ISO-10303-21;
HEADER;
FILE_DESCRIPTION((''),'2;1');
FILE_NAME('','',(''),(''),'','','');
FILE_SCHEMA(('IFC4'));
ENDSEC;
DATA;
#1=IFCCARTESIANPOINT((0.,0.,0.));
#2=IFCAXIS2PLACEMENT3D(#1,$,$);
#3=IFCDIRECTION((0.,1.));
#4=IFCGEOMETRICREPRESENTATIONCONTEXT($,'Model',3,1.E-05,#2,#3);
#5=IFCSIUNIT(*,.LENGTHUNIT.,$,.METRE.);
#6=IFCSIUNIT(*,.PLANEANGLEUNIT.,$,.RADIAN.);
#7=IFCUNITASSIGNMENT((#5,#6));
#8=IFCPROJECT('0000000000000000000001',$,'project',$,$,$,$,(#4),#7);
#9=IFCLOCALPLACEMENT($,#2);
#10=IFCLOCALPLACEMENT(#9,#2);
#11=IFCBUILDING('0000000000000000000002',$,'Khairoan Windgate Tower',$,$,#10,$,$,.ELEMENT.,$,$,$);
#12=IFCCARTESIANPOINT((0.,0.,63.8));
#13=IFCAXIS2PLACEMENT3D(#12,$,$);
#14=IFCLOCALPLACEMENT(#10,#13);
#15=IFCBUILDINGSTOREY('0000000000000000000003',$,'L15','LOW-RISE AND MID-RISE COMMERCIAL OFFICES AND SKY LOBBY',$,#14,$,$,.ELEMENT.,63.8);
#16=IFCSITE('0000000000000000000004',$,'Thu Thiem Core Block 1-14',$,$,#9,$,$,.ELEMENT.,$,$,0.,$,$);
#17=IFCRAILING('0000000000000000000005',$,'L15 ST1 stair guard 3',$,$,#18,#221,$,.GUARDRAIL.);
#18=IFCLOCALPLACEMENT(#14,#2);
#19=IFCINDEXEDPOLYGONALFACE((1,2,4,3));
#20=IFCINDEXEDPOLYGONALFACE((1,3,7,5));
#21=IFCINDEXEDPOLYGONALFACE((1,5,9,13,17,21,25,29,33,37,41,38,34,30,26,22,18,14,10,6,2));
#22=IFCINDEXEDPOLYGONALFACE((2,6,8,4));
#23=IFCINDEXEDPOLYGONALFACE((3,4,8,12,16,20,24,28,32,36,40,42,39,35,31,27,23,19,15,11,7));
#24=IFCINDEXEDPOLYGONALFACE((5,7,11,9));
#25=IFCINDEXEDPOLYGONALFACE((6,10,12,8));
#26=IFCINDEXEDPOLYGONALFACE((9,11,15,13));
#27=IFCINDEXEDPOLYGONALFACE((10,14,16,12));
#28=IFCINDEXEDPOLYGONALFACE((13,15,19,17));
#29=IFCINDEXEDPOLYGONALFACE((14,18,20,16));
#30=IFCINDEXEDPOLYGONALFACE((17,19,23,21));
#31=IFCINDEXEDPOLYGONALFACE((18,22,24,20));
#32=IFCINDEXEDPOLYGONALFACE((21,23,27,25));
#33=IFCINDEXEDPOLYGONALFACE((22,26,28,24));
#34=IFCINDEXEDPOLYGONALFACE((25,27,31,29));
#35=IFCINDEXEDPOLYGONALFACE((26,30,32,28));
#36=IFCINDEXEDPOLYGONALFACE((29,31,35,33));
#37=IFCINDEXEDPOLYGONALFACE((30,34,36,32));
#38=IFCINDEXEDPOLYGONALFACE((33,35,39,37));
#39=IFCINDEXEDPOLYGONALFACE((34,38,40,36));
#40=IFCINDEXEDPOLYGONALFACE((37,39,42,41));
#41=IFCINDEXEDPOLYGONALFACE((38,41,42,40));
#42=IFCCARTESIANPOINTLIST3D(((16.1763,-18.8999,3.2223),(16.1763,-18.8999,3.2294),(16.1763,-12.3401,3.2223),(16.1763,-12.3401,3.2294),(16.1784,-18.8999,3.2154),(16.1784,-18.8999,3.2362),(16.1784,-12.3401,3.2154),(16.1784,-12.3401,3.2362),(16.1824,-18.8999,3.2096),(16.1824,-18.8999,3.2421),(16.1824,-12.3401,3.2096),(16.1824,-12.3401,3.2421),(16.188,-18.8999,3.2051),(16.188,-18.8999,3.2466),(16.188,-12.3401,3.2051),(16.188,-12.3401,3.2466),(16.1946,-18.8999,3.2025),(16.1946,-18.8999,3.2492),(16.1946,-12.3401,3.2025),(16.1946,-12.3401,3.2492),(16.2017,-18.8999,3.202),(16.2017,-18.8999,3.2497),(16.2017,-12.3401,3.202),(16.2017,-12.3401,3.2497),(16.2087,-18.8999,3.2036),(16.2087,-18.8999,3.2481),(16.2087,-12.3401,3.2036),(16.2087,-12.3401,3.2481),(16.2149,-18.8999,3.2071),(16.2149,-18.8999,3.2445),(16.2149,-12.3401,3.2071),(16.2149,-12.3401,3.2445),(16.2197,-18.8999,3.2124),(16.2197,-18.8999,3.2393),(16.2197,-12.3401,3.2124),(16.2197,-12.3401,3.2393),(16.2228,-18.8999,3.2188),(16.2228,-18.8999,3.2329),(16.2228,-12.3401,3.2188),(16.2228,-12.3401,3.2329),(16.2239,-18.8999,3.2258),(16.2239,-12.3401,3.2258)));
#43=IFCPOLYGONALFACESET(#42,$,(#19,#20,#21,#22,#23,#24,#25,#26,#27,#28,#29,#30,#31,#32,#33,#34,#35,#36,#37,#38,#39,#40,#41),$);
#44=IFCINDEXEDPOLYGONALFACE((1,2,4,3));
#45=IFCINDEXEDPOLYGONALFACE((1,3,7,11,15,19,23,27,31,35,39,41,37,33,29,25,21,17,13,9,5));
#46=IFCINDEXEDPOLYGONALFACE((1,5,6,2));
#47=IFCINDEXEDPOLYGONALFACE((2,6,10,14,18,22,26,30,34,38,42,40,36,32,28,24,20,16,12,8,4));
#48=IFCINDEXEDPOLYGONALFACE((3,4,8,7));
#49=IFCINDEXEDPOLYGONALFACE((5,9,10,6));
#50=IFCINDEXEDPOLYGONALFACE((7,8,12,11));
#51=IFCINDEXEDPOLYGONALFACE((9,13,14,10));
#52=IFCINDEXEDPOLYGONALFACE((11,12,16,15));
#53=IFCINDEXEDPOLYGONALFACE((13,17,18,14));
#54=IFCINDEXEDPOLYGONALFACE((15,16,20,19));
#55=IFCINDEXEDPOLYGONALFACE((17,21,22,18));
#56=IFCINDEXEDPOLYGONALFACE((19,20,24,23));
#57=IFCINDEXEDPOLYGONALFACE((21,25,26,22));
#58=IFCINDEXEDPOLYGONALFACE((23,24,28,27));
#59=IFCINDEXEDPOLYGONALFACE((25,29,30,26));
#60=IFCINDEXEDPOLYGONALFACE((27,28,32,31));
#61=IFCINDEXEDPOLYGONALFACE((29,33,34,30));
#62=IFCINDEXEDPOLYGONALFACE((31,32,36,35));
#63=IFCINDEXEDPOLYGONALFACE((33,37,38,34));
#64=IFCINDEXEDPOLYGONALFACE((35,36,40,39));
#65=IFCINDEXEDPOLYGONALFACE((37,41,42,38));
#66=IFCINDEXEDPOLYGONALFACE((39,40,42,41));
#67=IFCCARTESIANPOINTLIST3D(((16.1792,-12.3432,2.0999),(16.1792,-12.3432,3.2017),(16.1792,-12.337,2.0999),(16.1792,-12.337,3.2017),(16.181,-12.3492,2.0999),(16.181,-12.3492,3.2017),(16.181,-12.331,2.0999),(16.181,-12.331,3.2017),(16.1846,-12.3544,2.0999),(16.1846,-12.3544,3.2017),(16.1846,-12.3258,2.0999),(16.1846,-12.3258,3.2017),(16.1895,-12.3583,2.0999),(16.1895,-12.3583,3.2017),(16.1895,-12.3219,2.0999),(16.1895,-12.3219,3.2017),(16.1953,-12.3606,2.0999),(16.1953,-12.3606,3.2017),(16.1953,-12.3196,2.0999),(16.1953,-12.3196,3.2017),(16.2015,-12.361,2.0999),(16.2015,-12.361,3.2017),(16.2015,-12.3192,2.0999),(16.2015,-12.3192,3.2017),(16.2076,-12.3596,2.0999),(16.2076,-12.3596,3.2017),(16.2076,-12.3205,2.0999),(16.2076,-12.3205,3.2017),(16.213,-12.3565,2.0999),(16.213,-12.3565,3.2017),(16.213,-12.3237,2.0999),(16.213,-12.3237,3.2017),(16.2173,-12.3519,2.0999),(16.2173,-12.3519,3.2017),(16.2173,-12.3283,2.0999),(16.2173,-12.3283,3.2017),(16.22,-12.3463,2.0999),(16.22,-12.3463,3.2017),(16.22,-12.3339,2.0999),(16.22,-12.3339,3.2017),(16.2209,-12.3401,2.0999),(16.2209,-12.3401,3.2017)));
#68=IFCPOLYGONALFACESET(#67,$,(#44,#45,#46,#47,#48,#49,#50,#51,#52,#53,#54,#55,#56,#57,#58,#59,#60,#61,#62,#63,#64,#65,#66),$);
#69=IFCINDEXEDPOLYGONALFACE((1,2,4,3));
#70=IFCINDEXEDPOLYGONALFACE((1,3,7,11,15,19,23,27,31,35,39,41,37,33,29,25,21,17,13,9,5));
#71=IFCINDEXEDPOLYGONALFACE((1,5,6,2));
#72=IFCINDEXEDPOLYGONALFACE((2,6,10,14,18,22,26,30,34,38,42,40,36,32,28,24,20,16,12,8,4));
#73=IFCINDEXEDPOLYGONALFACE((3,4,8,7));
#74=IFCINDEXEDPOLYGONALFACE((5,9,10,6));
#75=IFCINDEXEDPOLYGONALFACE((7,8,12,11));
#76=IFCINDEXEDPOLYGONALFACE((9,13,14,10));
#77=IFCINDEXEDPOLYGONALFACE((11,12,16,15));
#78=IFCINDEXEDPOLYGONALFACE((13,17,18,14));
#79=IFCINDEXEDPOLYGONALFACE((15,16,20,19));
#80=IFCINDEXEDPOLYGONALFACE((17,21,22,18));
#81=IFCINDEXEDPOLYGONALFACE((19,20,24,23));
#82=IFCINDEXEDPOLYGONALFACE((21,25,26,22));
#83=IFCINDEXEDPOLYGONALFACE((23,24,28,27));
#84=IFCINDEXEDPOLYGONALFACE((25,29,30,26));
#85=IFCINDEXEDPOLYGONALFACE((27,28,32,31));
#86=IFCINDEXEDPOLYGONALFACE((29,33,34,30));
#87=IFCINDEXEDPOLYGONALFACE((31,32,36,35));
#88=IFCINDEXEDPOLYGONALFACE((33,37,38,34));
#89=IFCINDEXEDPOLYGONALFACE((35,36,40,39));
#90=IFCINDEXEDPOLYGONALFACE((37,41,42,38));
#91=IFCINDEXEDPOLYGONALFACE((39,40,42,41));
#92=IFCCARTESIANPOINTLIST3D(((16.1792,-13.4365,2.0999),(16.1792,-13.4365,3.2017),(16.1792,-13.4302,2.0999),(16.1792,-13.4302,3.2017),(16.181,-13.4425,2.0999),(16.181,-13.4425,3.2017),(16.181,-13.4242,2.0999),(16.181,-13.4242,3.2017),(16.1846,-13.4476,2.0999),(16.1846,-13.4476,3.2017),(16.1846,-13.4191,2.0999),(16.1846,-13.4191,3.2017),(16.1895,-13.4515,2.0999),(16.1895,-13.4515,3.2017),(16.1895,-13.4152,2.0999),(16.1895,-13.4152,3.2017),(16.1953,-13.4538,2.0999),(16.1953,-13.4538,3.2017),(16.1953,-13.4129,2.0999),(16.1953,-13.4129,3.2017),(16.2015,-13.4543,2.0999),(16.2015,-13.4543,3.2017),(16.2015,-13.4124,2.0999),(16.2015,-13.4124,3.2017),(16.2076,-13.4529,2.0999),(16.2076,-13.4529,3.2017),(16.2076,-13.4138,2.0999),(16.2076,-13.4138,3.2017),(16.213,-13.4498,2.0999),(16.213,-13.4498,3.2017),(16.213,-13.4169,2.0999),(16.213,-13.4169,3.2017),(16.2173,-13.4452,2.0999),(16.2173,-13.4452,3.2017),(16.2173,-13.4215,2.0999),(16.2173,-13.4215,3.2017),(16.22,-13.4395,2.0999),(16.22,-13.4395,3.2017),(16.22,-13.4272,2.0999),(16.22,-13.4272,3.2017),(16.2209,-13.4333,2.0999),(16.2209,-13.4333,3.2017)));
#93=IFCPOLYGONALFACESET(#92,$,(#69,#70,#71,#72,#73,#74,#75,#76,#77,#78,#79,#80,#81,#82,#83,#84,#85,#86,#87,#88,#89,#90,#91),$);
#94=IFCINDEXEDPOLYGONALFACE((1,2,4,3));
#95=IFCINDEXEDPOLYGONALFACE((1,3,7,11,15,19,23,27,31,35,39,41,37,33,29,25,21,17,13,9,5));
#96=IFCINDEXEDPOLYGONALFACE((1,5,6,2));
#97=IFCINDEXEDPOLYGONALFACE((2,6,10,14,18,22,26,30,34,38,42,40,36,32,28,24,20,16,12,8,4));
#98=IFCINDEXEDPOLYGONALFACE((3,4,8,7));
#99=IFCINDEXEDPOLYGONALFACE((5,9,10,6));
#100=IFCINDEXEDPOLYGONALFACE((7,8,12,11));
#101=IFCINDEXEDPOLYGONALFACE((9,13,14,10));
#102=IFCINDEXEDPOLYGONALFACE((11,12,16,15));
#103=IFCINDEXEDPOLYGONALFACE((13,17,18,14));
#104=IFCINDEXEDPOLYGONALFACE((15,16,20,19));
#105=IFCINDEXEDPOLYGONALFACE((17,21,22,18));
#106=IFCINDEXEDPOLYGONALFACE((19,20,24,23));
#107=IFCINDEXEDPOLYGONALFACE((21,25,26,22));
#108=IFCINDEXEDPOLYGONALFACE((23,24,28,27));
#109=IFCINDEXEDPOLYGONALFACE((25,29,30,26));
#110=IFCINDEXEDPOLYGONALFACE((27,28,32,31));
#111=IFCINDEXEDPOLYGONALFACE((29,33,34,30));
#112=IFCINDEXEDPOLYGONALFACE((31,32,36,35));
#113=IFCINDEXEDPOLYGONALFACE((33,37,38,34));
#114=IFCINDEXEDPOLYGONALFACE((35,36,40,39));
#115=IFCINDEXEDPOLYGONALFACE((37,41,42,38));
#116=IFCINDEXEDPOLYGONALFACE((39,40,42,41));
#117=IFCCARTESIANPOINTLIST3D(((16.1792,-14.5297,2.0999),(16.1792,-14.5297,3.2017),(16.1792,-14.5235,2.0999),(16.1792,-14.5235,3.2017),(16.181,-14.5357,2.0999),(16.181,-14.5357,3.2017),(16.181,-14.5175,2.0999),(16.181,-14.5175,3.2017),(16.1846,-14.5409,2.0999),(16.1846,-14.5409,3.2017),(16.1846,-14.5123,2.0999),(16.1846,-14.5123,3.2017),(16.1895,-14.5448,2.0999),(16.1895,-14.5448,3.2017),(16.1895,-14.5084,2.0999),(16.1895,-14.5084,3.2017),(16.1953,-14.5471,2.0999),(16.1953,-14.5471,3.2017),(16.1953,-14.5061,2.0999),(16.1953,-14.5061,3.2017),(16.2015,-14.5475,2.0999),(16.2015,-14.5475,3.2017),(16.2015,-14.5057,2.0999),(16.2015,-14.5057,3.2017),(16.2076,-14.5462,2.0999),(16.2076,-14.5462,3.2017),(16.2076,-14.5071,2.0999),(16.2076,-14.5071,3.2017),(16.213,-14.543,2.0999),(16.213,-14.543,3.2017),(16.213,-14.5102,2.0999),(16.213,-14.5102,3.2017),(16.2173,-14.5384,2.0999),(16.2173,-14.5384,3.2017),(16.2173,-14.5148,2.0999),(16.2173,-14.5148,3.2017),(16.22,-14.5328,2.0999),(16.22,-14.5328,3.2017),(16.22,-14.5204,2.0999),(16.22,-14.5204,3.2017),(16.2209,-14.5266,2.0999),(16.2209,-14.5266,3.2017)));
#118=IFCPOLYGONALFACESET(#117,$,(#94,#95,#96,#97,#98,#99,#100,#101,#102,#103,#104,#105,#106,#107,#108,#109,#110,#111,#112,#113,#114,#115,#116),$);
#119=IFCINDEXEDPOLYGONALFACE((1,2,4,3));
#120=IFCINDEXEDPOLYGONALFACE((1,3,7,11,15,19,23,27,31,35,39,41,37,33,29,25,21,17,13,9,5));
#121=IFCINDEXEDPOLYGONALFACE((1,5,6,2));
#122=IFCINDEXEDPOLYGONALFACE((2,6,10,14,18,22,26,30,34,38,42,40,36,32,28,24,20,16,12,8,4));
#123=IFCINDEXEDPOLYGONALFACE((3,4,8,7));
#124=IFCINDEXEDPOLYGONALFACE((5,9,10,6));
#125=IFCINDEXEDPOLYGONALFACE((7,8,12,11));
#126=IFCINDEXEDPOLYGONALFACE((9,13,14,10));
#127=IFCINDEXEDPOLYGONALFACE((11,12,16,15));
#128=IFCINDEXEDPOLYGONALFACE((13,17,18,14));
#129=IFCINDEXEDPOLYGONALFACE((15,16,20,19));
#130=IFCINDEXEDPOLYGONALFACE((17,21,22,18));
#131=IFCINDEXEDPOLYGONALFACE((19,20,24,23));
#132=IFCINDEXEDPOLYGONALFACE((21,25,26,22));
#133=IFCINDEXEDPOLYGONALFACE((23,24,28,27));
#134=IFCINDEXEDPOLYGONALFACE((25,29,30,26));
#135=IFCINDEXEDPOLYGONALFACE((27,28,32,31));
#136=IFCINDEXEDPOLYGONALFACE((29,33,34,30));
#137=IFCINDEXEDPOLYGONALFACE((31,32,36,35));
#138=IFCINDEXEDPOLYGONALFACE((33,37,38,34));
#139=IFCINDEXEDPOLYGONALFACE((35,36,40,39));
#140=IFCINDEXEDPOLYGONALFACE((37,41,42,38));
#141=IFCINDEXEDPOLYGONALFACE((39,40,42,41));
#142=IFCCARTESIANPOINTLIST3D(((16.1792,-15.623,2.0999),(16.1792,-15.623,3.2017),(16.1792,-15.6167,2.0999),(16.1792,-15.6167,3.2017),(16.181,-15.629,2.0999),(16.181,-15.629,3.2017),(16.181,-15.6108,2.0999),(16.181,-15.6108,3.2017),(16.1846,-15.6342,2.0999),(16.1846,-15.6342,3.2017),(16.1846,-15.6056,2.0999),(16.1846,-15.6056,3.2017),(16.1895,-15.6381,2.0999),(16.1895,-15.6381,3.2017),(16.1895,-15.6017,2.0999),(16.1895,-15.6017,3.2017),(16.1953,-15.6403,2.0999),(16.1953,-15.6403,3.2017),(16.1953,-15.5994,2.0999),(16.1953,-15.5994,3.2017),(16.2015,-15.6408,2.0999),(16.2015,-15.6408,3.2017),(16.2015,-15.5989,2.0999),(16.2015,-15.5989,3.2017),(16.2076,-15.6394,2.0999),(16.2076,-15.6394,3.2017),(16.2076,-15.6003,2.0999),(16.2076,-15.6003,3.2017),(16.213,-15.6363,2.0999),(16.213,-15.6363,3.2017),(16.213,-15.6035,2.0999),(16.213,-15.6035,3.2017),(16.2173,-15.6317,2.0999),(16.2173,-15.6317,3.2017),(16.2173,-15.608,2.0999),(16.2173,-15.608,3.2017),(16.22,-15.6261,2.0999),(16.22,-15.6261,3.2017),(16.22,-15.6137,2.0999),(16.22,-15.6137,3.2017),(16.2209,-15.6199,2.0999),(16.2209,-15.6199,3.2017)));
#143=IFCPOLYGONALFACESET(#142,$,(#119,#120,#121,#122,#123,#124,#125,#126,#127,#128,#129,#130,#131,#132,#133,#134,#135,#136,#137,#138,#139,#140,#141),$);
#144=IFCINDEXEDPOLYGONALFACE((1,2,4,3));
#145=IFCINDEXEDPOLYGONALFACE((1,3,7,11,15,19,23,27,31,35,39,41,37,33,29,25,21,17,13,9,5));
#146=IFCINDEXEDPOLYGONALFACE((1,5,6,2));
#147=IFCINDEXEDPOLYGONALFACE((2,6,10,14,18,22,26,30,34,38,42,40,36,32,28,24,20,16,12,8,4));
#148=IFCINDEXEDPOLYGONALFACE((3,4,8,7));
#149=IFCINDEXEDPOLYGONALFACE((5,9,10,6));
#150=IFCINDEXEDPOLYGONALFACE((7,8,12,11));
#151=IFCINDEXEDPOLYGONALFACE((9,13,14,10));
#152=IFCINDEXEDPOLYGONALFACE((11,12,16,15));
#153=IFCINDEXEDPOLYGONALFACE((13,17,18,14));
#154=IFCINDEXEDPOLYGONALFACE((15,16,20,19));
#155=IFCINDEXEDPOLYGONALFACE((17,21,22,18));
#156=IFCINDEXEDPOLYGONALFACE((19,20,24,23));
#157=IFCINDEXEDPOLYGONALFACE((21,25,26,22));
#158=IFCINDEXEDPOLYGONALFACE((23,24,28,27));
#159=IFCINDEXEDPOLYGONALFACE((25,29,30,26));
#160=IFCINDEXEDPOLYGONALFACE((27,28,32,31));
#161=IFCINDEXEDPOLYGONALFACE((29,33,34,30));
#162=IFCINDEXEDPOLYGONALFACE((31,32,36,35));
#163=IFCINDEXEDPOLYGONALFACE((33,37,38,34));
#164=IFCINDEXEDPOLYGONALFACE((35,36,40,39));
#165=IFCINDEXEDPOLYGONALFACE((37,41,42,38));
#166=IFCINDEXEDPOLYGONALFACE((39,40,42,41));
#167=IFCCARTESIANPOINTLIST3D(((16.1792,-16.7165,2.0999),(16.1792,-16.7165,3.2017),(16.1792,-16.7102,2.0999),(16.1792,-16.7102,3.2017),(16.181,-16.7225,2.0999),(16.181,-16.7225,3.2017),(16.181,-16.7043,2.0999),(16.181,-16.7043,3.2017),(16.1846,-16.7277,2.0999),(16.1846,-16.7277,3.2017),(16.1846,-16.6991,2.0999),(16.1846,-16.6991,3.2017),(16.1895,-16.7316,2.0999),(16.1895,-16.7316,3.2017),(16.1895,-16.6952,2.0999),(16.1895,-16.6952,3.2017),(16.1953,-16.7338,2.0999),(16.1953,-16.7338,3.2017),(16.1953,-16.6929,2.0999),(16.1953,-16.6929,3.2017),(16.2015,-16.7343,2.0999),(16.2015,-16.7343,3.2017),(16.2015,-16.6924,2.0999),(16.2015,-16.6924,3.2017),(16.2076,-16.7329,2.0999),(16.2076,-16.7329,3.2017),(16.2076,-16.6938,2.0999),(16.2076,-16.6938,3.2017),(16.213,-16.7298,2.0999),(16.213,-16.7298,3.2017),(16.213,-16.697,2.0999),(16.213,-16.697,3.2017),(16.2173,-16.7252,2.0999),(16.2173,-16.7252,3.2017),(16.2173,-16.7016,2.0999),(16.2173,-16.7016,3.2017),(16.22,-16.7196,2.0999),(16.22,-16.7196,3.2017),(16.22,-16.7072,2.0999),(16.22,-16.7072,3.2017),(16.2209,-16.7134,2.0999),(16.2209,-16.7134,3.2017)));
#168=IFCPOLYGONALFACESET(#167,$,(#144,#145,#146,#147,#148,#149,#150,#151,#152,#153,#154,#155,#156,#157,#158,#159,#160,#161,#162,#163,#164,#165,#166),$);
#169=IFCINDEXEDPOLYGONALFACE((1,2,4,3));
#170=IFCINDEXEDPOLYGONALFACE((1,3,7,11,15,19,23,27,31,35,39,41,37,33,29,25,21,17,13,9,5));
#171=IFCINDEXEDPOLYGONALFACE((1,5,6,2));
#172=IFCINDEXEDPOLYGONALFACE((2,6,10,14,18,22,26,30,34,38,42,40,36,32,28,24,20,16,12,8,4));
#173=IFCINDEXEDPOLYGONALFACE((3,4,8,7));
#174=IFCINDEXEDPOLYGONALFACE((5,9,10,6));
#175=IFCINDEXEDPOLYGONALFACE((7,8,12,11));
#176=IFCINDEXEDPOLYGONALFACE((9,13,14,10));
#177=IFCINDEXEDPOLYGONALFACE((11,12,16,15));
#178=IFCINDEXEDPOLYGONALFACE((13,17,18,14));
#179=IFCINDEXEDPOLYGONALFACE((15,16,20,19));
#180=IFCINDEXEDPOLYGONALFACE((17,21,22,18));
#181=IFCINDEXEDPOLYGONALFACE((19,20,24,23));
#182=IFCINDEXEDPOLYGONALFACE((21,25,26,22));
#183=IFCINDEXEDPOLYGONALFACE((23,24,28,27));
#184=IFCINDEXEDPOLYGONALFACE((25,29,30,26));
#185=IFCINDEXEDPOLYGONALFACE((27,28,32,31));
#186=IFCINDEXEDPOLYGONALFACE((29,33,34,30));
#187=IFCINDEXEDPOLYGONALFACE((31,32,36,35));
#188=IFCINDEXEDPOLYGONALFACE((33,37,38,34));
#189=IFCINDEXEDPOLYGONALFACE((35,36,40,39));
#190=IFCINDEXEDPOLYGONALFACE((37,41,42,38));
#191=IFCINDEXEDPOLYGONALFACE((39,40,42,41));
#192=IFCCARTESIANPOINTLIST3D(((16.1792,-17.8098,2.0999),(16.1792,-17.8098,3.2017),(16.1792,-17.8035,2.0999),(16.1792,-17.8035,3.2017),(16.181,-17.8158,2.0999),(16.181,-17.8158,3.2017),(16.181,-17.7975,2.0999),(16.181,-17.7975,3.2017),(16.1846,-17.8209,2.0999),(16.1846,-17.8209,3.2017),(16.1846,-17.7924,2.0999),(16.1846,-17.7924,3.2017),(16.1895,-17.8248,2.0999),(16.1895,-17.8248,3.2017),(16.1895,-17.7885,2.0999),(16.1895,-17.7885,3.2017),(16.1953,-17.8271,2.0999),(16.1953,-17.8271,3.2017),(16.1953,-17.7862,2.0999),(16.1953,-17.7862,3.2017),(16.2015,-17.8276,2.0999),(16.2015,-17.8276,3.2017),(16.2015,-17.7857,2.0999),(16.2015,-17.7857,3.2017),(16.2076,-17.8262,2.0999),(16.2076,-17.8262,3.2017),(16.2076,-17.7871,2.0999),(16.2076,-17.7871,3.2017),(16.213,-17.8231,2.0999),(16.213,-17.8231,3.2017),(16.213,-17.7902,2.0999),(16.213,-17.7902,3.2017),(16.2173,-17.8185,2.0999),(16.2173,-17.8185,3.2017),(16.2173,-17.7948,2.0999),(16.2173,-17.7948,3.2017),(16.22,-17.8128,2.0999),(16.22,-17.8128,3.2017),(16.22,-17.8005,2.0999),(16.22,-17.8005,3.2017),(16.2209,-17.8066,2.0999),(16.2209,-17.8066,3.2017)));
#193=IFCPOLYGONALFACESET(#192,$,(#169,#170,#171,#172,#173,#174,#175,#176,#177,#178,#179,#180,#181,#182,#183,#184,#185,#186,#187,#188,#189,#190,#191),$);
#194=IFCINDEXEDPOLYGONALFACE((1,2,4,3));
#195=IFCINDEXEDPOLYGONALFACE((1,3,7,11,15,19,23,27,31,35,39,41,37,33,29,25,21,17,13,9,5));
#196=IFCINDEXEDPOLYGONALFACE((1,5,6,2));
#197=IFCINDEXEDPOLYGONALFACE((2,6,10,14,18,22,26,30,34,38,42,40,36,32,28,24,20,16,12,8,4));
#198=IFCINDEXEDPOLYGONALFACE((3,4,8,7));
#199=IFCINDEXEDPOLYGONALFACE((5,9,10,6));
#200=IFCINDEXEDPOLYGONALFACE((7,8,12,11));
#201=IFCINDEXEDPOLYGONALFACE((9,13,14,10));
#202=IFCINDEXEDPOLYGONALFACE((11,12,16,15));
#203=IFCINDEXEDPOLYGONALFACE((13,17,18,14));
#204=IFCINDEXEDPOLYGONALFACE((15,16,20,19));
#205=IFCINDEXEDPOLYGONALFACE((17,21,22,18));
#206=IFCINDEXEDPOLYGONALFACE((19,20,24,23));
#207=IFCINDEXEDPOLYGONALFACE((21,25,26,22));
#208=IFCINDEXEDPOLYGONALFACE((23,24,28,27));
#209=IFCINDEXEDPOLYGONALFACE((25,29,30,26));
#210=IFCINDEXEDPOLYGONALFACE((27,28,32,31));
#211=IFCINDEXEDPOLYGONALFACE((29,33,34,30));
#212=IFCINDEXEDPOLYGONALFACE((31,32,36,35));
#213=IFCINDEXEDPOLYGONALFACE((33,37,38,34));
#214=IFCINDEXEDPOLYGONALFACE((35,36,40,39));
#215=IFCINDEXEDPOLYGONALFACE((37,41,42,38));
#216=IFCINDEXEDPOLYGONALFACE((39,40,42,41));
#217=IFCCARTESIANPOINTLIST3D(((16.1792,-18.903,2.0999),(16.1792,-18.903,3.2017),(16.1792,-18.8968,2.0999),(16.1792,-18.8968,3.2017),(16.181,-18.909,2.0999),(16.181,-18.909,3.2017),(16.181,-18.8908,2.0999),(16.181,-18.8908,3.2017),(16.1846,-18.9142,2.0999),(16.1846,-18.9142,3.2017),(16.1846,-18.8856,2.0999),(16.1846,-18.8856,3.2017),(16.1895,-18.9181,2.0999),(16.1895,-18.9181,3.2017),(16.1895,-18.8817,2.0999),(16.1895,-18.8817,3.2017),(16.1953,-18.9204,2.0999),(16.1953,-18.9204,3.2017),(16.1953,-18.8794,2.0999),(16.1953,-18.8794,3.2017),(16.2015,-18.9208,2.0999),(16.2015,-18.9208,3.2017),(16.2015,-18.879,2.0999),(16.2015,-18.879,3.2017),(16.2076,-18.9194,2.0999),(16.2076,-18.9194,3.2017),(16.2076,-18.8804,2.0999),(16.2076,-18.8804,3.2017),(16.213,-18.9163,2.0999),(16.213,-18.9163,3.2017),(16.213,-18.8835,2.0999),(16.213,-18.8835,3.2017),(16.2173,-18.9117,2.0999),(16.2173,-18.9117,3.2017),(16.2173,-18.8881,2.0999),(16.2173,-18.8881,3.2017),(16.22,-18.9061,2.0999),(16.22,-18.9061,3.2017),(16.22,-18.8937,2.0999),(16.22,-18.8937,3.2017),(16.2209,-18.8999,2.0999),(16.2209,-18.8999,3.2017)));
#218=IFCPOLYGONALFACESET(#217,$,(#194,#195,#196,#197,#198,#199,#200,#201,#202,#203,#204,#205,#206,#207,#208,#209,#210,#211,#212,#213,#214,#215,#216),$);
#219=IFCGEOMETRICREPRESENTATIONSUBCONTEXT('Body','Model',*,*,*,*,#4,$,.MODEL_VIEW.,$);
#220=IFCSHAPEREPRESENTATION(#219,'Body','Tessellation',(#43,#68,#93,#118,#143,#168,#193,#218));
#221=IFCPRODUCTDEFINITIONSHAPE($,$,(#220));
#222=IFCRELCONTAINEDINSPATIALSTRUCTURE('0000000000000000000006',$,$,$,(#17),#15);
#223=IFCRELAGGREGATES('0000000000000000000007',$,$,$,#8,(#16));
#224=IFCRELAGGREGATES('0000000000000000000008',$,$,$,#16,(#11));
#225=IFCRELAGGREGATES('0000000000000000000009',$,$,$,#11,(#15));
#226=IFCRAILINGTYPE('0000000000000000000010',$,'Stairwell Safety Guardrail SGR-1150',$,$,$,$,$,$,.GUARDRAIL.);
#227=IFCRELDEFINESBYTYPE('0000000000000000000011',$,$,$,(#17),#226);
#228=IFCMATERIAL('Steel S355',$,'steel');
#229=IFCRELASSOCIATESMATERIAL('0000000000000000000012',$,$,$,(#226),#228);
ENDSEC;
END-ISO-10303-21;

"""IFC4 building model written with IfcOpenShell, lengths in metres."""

from ifc_helpers import new_model, si_unit, direction, frame, origin, origin_2d, place, context, subcontext, project, spatial, circle, extrude, material, type_object, element, save


model = new_model("IFC4")

# Units and contexts
model_context = context("Model", 3, precision=1e-05, world=origin(), true_north=direction((0.0, 1.0)))
body_context = subcontext(model_context, "Body", "Model", "MODEL_VIEW")
ifc_project = project(units=[si_unit("LENGTHUNIT", "METRE"), si_unit("PLANEANGLEUNIT", "RADIAN")], contexts=[model_context])

# Site, building, storey
site_placement = place(None, origin())
site = spatial("IfcSite", under=ifc_project, at=site_placement, Name="Thu Thiem Core Block 1-14", CompositionType="ELEMENT", RefElevation=0.0)
building_placement = place(site_placement, origin())
building = spatial("IfcBuilding", under=site, at=building_placement, Name="Khairoan Windgate Tower", CompositionType="ELEMENT")
storey_placement = place(building_placement, frame((0.0, 0.0, 63.8)))
storey = spatial("IfcBuildingStorey", under=building, at=storey_placement, Name="L15", Description="LOW-RISE AND MID-RISE COMMERCIAL OFFICES AND SKY LOBBY", CompositionType="ELEMENT", Elevation=63.8)

# Railing
ifc_material_1 = material(Name="Steel S355", Category="steel")
railing_type = type_object("IfcRailingType", Name="Stairwell Safety Guardrail SGR-1150", PredefinedType="GUARDRAIL", material=ifc_material_1)
railing_1_placement = place(storey_placement, frame((16.2, -12.3401, 2.0999)))
element("IfcRailing", 1, at=railing_1_placement, inside=storey, type_object=railing_type, Name="L15 ST1 stair guard 3", PredefinedType="GUARDRAIL", context=body_context, shape_type="SweptSolid", body=[
    extrude(circle(Radius=0.0239, at=origin_2d()), frame((0.0, 0.0, 1.126), z_axis=(0.0, -1.0, 0.0), x_axis=(1.0, 0.0, 0.0)), (0.0, 0.0, 1.0), 6.5598),
    extrude(circle(Radius=0.021, at=origin_2d()), origin(), (0.0, 0.0, 1.0), 1.1018),
    extrude(circle(Radius=0.021, at=origin_2d()), frame((0.0, -1.0933, 0.0)), (0.0, 0.0, 1.0), 1.1018),
    extrude(circle(Radius=0.021, at=origin_2d()), frame((0.0, -2.1865, 0.0)), (0.0, 0.0, 1.0), 1.1018),
    extrude(circle(Radius=0.021, at=origin_2d()), frame((0.0, -3.2798, 0.0)), (0.0, 0.0, 1.0), 1.1018),
    extrude(circle(Radius=0.021, at=origin_2d()), frame((0.0, -4.3733, 0.0)), (0.0, 0.0, 1.0), 1.1018),
    extrude(circle(Radius=0.021, at=origin_2d()), frame((0.0, -5.4666, 0.0)), (0.0, 0.0, 1.0), 1.1018),
    extrude(circle(Radius=0.021, at=origin_2d()), frame((0.0, -6.5598, 0.0)), (0.0, 0.0, 1.0), 1.1018),
])

save(model, "model.ifc")
